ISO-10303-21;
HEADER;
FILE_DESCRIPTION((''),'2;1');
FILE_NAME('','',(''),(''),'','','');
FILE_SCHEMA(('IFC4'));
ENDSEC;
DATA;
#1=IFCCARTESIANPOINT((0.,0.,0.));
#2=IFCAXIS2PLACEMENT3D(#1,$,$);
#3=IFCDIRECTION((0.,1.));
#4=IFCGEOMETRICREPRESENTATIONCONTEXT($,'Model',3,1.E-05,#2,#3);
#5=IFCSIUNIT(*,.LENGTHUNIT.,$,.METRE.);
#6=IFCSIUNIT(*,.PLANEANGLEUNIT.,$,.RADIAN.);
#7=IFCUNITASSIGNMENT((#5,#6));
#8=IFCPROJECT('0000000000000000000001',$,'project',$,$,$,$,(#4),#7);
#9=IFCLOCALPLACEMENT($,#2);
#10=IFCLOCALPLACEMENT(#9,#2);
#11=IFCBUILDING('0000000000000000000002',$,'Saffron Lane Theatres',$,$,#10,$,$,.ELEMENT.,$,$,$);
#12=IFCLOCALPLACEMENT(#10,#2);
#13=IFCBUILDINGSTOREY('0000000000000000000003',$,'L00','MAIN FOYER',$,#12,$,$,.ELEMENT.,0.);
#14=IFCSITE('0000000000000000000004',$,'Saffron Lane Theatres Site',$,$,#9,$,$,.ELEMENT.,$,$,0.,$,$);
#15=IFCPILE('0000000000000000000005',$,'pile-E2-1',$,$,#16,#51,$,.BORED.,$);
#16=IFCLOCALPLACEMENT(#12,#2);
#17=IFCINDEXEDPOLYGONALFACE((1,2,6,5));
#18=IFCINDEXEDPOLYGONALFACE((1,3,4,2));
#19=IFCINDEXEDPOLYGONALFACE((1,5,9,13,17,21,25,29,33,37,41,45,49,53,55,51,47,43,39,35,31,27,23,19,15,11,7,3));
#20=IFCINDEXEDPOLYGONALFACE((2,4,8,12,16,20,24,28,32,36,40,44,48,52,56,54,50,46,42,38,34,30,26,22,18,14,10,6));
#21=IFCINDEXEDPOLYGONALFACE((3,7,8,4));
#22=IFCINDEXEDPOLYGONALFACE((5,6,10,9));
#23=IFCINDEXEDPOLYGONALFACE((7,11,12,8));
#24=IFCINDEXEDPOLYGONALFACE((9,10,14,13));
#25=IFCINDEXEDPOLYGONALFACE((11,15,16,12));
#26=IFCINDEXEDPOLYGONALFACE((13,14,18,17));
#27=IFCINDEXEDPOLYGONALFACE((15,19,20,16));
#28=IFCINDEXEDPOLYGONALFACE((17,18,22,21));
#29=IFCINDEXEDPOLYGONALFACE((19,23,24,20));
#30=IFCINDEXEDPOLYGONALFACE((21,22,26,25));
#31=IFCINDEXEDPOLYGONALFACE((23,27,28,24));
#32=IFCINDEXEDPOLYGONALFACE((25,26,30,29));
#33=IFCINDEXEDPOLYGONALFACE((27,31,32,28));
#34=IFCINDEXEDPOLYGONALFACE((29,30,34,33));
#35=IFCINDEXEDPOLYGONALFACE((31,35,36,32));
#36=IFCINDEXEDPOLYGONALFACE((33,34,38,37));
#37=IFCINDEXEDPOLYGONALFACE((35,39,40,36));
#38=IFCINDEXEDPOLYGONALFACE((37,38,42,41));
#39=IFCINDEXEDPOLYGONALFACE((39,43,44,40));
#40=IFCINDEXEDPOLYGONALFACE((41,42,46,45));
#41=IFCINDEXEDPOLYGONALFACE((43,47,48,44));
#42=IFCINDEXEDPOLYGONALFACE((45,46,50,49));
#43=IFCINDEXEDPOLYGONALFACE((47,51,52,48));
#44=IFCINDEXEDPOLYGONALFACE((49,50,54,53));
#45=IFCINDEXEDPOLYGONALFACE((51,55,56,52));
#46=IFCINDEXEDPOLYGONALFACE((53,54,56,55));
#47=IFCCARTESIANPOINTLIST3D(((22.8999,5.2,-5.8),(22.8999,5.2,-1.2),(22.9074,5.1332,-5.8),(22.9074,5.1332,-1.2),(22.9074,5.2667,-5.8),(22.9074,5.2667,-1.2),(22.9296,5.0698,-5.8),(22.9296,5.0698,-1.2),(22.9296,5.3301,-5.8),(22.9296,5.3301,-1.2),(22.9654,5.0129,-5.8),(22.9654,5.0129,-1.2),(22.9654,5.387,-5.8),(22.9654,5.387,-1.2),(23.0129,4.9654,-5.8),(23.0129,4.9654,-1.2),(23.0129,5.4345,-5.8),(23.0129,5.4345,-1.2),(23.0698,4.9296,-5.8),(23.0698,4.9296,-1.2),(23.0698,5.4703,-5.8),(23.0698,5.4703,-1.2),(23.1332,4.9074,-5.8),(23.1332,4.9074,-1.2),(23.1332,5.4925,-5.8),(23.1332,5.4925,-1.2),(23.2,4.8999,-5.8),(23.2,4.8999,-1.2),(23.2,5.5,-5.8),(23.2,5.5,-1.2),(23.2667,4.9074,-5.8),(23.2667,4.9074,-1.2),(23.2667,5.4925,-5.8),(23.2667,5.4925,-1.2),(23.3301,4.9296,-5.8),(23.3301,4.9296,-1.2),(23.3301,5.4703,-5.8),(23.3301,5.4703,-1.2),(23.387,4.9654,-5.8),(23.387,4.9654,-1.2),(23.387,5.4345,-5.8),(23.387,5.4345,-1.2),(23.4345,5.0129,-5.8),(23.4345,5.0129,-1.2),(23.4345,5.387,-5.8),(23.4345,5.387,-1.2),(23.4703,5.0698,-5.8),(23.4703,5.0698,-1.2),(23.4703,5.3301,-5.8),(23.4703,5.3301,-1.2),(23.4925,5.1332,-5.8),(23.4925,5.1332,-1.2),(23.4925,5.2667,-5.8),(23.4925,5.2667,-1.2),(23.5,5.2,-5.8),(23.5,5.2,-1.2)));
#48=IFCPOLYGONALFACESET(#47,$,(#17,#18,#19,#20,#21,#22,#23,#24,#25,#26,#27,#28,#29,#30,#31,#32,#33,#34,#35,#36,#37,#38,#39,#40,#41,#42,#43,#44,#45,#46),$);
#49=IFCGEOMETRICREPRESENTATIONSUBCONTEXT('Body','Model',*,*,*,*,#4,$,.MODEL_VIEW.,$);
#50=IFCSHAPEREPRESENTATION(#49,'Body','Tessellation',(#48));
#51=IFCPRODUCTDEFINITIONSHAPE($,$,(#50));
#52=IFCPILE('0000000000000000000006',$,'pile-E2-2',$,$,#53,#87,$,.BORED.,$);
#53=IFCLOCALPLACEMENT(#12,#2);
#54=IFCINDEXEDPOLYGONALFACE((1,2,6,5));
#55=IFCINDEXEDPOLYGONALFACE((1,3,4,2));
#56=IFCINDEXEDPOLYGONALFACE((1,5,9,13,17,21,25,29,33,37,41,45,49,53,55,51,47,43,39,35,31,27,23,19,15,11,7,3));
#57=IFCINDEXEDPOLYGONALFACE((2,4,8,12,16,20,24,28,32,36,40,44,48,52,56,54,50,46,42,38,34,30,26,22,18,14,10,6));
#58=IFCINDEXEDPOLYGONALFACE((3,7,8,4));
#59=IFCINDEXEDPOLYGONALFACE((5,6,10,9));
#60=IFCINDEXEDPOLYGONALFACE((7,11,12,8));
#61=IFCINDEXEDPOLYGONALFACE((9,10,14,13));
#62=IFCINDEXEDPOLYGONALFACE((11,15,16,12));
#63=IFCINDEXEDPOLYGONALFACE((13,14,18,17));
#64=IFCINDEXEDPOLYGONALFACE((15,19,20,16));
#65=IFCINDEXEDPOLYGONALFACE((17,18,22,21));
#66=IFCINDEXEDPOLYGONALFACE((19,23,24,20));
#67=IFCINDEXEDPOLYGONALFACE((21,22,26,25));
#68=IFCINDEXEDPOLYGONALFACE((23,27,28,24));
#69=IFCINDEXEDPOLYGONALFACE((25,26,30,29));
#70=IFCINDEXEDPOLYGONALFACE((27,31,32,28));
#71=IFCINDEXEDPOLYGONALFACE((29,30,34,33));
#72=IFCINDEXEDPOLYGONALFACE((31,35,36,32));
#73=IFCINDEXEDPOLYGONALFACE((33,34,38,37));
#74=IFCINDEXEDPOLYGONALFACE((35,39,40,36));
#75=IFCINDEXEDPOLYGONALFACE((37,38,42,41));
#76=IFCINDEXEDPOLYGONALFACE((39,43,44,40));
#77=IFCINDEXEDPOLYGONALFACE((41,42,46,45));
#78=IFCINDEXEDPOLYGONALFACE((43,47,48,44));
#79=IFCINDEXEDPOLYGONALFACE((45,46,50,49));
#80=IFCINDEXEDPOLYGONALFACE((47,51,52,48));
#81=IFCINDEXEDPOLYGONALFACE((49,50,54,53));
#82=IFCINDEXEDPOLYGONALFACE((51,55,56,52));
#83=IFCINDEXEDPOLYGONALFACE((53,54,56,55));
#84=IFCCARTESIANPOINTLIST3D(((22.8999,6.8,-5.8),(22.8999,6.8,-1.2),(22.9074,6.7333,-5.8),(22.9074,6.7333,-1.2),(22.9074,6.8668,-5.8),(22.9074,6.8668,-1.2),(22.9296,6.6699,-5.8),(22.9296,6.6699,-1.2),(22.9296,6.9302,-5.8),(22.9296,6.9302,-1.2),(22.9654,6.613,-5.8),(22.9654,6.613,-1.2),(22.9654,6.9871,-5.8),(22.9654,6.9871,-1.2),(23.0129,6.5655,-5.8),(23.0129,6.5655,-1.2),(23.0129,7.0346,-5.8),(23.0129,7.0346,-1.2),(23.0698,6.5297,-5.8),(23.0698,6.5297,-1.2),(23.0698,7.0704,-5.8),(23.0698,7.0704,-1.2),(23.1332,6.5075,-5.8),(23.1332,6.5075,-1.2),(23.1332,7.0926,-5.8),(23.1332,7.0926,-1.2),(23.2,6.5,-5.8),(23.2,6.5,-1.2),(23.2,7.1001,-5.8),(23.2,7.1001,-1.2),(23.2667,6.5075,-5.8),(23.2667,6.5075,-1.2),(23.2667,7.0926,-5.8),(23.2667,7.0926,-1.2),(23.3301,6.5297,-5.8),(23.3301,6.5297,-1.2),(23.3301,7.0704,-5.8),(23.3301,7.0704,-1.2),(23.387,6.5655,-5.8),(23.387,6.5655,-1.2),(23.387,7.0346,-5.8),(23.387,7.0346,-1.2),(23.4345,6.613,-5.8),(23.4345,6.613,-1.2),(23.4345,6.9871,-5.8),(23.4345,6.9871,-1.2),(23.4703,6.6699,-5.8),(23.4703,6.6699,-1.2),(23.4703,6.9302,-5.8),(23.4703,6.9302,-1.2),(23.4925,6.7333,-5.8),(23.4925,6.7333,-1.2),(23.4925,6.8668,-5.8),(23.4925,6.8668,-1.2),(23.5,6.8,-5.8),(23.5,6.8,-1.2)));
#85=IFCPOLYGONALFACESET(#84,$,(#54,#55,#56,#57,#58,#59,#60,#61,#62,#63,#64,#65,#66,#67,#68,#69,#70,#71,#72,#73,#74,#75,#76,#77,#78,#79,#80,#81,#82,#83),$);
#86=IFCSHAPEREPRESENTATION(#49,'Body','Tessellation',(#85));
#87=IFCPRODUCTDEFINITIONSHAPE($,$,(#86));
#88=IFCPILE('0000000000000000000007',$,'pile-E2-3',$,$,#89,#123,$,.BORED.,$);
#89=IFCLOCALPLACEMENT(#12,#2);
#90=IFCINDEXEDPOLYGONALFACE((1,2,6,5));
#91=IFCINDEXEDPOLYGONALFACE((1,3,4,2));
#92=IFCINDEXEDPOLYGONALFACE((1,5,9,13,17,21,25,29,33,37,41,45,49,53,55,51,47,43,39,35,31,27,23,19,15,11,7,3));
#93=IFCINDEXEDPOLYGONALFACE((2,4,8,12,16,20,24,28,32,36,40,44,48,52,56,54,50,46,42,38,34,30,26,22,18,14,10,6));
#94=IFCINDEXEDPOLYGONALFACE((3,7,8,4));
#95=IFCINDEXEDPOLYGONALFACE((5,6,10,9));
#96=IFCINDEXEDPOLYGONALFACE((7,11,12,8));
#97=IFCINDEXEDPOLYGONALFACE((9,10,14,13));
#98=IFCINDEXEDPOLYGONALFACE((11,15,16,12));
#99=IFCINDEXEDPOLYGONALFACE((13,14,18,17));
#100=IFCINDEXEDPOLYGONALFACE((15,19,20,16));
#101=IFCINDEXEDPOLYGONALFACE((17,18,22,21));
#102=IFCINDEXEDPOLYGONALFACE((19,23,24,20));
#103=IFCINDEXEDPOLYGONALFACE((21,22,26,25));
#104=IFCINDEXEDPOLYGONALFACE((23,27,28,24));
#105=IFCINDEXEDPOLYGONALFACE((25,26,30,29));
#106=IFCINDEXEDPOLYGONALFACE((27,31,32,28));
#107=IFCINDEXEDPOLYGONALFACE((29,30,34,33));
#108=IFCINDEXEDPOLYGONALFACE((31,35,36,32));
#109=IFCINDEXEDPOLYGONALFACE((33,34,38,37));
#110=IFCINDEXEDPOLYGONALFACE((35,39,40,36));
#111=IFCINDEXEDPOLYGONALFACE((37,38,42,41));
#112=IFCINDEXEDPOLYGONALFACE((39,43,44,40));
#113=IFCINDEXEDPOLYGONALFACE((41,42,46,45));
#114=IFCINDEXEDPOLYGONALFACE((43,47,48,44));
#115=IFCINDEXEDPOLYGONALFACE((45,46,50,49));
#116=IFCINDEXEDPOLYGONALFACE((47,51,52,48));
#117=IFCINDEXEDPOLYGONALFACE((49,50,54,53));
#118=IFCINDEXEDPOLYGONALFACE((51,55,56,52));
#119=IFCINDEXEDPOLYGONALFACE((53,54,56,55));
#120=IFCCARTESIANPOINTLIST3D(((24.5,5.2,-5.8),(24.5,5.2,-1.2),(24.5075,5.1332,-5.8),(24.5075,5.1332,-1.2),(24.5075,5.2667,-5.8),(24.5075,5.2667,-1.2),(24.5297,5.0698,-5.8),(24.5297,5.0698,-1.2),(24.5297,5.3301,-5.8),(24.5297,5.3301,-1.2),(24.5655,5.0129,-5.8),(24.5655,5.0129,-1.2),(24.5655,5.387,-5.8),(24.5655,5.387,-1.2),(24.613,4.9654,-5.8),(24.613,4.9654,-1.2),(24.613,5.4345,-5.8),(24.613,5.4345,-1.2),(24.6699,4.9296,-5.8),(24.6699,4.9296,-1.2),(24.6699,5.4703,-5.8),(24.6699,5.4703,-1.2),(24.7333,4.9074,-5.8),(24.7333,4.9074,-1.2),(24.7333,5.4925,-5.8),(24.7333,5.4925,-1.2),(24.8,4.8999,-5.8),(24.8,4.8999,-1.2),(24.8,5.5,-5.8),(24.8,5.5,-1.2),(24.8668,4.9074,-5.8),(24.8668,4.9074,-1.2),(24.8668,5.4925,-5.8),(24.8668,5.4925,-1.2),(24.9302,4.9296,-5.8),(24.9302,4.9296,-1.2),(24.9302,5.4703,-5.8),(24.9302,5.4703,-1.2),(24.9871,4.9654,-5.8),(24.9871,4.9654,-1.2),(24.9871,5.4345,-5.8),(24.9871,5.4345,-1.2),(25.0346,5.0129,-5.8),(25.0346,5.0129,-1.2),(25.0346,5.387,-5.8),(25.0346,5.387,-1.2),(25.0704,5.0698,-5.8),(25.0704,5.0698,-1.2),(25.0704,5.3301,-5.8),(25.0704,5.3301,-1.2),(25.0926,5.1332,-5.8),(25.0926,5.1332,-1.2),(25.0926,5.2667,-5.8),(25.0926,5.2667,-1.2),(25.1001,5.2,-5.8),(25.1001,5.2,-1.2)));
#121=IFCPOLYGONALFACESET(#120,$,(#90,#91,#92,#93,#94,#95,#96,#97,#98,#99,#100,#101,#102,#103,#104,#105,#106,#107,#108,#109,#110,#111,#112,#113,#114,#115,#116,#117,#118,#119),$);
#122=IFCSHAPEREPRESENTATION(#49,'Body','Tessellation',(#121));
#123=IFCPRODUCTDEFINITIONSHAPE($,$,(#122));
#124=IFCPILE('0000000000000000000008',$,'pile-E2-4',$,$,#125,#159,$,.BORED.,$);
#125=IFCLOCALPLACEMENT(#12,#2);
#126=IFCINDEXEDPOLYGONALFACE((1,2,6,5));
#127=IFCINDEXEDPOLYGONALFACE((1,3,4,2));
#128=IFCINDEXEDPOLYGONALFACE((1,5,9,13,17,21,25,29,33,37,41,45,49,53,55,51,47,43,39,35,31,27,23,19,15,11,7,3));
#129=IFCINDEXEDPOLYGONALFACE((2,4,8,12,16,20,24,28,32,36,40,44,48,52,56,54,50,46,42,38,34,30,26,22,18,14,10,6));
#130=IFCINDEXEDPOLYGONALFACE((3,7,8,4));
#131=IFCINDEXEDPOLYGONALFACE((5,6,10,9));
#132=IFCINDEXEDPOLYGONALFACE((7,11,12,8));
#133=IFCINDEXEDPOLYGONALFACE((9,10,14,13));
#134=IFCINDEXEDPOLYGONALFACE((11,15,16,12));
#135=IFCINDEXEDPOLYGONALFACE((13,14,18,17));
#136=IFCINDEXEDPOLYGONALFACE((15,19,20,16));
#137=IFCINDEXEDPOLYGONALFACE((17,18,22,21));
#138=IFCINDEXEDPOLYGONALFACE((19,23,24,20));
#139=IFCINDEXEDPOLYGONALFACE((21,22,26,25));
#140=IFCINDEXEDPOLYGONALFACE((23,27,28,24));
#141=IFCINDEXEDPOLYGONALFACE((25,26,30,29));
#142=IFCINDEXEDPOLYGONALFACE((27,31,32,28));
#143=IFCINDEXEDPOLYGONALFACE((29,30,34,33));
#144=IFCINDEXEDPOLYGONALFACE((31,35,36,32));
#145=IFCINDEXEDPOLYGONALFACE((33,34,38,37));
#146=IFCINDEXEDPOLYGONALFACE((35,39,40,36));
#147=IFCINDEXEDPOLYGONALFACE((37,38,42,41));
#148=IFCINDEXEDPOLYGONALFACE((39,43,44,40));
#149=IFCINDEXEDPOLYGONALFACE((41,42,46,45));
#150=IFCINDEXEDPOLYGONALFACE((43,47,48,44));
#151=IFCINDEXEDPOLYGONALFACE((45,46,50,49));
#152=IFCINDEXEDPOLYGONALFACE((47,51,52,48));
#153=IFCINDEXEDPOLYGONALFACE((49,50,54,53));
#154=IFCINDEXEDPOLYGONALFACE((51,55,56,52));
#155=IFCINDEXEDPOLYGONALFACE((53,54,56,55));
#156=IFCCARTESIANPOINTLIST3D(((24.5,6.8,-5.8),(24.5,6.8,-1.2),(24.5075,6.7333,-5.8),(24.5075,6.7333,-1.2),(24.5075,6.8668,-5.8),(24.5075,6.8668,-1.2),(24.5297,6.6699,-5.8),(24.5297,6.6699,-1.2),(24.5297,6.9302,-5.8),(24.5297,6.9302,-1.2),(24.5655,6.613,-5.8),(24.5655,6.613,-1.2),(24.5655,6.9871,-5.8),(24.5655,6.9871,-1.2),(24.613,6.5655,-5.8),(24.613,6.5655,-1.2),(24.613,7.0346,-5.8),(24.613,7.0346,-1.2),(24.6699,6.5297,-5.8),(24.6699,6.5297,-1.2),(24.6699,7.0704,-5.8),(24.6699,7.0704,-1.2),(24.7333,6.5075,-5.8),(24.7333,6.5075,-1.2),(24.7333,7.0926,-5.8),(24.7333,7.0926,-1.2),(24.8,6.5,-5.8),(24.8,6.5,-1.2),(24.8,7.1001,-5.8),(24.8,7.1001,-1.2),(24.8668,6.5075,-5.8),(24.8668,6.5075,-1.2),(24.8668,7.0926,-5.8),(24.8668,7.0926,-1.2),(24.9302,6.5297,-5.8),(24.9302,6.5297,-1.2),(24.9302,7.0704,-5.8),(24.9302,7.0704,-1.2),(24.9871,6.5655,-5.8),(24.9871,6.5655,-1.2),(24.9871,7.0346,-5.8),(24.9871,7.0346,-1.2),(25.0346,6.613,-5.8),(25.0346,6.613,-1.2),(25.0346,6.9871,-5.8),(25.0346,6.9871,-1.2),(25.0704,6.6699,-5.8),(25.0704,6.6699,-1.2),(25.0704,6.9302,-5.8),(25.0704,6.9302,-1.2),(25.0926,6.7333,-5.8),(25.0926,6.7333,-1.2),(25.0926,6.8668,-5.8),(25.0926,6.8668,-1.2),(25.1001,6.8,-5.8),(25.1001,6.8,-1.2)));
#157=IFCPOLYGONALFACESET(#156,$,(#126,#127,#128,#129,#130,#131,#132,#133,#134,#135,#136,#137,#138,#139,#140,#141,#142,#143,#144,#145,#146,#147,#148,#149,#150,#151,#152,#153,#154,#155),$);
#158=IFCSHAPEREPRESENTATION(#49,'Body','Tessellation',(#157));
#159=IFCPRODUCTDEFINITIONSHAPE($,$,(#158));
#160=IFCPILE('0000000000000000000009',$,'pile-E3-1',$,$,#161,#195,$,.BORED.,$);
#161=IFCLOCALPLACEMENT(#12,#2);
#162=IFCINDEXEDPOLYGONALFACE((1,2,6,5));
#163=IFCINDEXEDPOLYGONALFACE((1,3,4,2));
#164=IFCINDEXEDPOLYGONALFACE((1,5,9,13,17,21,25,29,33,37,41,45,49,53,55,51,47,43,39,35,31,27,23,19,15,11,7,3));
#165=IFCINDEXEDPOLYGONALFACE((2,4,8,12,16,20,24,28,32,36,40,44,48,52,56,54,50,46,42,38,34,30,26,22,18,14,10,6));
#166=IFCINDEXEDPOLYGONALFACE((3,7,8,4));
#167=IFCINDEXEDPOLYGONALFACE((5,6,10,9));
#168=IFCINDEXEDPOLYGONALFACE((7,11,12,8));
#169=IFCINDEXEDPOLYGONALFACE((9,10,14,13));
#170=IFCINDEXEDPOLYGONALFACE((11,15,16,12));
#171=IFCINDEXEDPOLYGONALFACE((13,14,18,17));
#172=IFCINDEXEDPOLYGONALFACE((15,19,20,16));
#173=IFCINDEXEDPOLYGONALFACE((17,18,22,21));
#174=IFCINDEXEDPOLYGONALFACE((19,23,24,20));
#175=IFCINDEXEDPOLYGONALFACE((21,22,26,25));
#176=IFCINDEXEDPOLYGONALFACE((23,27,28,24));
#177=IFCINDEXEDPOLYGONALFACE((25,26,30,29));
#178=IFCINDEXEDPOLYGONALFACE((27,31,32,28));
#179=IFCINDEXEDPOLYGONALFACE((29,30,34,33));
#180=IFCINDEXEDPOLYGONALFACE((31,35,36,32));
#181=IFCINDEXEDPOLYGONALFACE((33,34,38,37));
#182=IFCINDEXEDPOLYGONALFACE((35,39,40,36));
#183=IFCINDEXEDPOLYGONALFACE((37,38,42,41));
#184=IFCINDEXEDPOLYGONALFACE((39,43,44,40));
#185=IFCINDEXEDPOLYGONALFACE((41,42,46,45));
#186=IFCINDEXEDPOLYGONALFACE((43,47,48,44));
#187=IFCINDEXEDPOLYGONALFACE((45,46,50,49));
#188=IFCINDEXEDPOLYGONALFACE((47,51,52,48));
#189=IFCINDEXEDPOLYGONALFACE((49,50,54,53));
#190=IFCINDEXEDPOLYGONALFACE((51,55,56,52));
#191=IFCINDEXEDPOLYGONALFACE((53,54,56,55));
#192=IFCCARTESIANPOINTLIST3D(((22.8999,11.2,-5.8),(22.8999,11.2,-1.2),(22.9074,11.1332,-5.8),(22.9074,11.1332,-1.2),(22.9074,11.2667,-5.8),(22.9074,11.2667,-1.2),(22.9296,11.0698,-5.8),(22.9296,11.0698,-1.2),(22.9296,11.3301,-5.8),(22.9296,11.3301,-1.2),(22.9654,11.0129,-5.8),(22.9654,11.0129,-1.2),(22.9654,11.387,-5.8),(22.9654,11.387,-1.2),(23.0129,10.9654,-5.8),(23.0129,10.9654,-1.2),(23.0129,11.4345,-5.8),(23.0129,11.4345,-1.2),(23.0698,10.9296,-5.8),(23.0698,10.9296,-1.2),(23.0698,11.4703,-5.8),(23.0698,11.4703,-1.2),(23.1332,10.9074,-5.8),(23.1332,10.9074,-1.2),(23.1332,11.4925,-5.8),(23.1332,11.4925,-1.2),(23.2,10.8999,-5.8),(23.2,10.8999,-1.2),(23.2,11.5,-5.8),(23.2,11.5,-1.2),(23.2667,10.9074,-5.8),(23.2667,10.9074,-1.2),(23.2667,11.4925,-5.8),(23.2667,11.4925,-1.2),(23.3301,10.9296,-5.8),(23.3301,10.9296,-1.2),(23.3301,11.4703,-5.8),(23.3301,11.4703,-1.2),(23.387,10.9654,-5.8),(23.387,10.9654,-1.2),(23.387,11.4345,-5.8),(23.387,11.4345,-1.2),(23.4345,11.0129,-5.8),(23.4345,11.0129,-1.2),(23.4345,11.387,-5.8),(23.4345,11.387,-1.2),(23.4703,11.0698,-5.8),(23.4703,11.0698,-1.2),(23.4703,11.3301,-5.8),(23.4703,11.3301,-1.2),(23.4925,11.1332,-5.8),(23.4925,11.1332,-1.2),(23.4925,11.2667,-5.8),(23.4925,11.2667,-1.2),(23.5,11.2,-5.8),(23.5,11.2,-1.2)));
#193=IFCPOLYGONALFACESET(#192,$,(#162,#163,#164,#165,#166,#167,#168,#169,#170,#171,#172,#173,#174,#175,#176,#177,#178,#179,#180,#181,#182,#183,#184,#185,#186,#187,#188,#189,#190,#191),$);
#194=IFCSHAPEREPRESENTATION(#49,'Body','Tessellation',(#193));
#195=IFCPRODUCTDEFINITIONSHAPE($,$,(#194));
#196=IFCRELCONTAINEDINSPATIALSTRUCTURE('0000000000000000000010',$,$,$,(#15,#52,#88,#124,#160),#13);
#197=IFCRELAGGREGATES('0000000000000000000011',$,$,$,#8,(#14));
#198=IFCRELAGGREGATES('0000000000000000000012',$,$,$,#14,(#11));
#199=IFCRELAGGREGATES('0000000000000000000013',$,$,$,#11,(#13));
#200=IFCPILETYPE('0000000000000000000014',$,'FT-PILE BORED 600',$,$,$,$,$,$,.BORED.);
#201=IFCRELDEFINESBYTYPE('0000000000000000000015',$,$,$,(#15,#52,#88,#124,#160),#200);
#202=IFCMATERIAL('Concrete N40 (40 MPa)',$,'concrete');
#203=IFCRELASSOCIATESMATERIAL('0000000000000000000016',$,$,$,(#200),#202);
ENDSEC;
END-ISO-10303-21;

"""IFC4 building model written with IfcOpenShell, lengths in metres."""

from ifc_helpers import new_model, si_unit, direction, frame, origin, origin_2d, place, context, subcontext, project, spatial, circle, extrude, material, material_profile, profile_set, type_object, element, save


model = new_model("IFC4")

# Units and contexts
model_context = context("Model", 3, precision=1e-05, world=origin(), true_north=direction((0.0, 1.0)))
body_context = subcontext(model_context, "Body", "Model", "MODEL_VIEW")
ifc_project = project(units=[si_unit("LENGTHUNIT", "METRE"), si_unit("PLANEANGLEUNIT", "RADIAN")], contexts=[model_context])

# Site, building, storey
site_placement = place(None, origin())
site = spatial("IfcSite", under=ifc_project, at=site_placement, Name="Saffron Lane Theatres Site", CompositionType="ELEMENT", RefElevation=0.0)
building_placement = place(site_placement, origin())
building = spatial("IfcBuilding", under=site, at=building_placement, Name="Saffron Lane Theatres", CompositionType="ELEMENT")
storey_placement = place(building_placement, origin())
storey = spatial("IfcBuildingStorey", under=building, at=storey_placement, Name="L00", Description="MAIN FOYER", CompositionType="ELEMENT", Elevation=0.0)

# Piles
ifc_material_1 = material(Name="Concrete N40 (40 MPa)", Category="concrete")
ifc_material_profile_1 = material_profile(ifc_material_1, circle(Radius=0.3, at=origin_2d()))
ifc_profile_set_1 = profile_set([ifc_material_profile_1], Name="Concrete N40 (40 MPa)")
pile_type = type_object("IfcPileType", Name="FT-PILE BORED 600", PredefinedType="BORED", material=ifc_profile_set_1)
for number, where, z_axis, x_axis, name in (
    (1, (23.2, 5.2, -1.2), (0.0, 0.0, -1.0), (1.0, 0.0, 0.0), "pile-E2-1"),
    (2, (23.2, 6.8, -1.2), (0.0, 0.0, -1.0), (1.0, 0.0, 0.0), "pile-E2-2"),
    (3, (24.8, 5.2, -1.2), (0.0, 0.0, -1.0), (1.0, 0.0, 0.0), "pile-E2-3"),
    (4, (24.8, 6.8, -1.2), (0.0, 0.0, -1.0), (1.0, 0.0, 0.0), "pile-E2-4"),
    (5, (23.2, 11.2, -1.2), (0.0, 0.0, -1.0), (1.0, 0.0, 0.0), "pile-E3-1"),
):
    element("IfcPile", number, at=place(storey_placement, frame(where, z_axis=z_axis, x_axis=x_axis)), inside=storey, type_object=pile_type, Name=name, PredefinedType="BORED", context=body_context, shape_type="SweptSolid", body=[
        extrude(circle(Radius=0.3, at=origin_2d()), origin(), (0.0, 0.0, 1.0), 4.6001),
    ])

save(model, "model.ifc")
